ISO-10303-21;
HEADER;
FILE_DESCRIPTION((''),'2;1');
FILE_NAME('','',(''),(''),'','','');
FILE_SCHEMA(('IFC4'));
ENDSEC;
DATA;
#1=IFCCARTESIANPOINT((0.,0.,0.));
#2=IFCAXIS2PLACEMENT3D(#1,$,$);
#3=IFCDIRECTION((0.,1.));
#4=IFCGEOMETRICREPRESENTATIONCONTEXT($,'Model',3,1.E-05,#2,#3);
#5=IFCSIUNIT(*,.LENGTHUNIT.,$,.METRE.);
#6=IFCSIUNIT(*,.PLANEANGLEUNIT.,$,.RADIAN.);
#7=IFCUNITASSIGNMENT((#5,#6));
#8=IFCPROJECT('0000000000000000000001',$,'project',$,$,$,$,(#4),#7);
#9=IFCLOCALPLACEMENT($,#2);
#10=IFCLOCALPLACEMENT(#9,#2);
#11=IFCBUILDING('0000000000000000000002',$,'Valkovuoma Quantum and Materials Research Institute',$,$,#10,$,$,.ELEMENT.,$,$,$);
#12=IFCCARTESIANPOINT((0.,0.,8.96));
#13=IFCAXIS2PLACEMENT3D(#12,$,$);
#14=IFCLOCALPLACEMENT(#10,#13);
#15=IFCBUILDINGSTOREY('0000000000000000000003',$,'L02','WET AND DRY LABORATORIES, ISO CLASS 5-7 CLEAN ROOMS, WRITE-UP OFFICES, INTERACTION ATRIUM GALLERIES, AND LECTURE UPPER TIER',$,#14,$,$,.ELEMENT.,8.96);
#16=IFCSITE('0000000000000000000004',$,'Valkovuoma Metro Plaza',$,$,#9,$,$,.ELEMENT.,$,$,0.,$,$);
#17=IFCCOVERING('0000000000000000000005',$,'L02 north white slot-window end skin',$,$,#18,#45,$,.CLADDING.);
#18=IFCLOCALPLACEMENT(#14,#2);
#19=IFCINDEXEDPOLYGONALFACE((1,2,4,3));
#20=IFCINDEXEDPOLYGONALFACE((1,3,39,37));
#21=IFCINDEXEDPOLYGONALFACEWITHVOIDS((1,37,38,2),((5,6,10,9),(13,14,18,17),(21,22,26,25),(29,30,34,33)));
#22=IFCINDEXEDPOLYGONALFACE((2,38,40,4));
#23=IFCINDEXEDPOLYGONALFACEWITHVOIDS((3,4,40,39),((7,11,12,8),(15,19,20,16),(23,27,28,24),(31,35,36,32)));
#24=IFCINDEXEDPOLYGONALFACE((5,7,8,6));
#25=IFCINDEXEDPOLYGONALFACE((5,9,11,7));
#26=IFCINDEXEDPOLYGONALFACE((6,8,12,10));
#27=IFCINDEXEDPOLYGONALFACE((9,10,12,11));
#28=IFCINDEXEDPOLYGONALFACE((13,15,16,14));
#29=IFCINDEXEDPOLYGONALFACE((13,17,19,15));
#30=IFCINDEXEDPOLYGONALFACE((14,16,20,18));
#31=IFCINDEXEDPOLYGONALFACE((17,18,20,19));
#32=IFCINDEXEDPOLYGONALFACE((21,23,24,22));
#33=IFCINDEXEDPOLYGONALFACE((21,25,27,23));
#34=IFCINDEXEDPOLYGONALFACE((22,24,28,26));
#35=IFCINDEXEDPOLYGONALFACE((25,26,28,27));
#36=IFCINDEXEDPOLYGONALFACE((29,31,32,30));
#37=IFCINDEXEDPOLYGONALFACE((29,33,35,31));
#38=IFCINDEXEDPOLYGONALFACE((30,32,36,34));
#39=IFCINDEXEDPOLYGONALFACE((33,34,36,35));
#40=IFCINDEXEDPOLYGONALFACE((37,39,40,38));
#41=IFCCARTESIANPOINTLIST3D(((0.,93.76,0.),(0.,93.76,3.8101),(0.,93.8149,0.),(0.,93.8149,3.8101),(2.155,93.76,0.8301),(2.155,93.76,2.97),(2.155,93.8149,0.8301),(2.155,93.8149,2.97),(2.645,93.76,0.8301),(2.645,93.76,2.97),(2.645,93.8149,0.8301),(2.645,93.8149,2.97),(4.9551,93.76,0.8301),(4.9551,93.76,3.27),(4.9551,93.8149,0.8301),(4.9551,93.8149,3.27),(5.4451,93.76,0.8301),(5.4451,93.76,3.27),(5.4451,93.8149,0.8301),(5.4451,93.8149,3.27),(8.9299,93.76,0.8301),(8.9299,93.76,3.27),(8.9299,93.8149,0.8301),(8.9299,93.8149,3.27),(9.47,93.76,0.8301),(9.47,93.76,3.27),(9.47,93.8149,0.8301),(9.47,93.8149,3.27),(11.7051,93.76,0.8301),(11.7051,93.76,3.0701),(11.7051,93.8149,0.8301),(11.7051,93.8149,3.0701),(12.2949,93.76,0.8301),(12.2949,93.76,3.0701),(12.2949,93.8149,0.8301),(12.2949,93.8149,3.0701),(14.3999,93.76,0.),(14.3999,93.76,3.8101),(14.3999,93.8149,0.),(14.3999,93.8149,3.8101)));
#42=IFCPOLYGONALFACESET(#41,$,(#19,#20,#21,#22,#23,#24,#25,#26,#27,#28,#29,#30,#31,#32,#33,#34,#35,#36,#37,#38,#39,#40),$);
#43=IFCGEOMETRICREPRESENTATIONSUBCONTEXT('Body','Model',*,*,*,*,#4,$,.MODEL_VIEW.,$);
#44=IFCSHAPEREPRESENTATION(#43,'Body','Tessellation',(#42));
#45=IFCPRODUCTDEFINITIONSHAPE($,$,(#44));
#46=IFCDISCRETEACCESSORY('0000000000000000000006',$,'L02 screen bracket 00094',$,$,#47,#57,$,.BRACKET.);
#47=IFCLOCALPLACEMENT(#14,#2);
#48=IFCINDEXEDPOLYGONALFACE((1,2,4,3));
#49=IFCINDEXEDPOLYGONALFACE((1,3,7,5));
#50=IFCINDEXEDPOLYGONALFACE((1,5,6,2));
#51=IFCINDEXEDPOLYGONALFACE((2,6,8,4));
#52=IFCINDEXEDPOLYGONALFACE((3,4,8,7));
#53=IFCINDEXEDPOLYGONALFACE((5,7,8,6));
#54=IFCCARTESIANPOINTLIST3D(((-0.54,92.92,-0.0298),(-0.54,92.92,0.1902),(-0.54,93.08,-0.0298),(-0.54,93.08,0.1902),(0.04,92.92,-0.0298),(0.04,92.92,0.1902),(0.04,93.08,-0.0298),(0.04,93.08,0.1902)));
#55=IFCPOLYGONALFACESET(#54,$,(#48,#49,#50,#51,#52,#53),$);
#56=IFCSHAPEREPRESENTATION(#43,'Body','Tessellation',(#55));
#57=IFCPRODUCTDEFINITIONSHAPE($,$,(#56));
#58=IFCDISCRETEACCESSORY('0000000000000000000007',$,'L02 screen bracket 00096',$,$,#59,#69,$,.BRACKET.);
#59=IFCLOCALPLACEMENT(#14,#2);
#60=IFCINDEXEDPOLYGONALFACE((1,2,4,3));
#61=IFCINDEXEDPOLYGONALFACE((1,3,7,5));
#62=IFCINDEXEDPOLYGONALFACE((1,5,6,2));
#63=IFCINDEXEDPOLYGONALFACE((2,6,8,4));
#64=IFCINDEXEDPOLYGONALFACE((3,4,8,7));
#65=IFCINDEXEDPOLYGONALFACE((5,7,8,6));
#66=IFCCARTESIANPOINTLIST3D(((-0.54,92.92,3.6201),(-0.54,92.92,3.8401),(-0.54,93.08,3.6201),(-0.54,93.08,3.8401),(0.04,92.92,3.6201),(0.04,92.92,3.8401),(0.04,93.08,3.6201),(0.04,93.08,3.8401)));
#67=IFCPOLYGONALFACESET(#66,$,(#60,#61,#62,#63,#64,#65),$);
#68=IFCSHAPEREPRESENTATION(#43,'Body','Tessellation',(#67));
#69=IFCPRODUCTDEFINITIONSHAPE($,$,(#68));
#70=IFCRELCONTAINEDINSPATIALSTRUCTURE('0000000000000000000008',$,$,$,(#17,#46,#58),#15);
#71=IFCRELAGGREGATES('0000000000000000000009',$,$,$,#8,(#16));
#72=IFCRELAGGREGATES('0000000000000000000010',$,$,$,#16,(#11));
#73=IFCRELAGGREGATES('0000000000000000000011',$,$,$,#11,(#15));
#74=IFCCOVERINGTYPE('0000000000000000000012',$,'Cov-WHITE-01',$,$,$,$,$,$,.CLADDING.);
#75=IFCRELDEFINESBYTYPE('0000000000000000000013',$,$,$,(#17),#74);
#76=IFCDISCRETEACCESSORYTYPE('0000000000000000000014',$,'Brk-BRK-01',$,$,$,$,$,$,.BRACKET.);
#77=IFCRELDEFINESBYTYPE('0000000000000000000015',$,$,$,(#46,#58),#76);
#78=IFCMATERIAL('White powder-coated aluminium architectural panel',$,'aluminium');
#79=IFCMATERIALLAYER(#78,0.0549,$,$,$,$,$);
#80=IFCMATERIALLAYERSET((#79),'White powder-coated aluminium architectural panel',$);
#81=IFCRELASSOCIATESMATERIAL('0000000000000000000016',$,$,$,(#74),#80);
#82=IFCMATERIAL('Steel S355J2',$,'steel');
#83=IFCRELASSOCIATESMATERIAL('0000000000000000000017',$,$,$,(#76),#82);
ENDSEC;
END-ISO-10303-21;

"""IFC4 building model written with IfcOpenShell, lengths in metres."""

from ifc_helpers import new_model, si_unit, direction, frame, origin, origin_2d, place, context, subcontext, project, spatial, polyline, rectangle, outline, extrude, material, layer, layer_set, type_object, element, save


model = new_model("IFC4")

# Units and contexts
model_context = context("Model", 3, precision=1e-05, world=origin(), true_north=direction((0.0, 1.0)))
body_context = subcontext(model_context, "Body", "Model", "MODEL_VIEW")
ifc_project = project(units=[si_unit("LENGTHUNIT", "METRE"), si_unit("PLANEANGLEUNIT", "RADIAN")], contexts=[model_context])

# Site, building, storey
site_placement = place(None, origin())
site = spatial("IfcSite", under=ifc_project, at=site_placement, Name="Valkovuoma Metro Plaza", CompositionType="ELEMENT", RefElevation=0.0)
building_placement = place(site_placement, origin())
building = spatial("IfcBuilding", under=site, at=building_placement, Name="Valkovuoma Quantum and Materials Research Institute", CompositionType="ELEMENT")
storey_placement = place(building_placement, frame((0.0, 0.0, 8.96)))
storey = spatial("IfcBuildingStorey", under=building, at=storey_placement, Name="L02", Description="WET AND DRY LABORATORIES, ISO CLASS 5-7 CLEAN ROOMS, WRITE-UP OFFICES, INTERACTION ATRIUM GALLERIES, AND LECTURE UPPER TIER", CompositionType="ELEMENT", Elevation=8.96)

# Covering
ifc_material_1 = material(Name="White powder-coated aluminium architectural panel", Category="aluminium")
ifc_layer_1 = layer(ifc_material_1, 0.0549)
ifc_layer_set_1 = layer_set([ifc_layer_1], Name="White powder-coated aluminium architectural panel")
covering_type_1 = type_object("IfcCoveringType", Name="Cov-WHITE-01", PredefinedType="CLADDING", material=ifc_layer_set_1)
covering_1_placement = place(storey_placement, frame((0.0, 93.7876, 0.0), z_axis=(0.0, 0.0, 1.0), x_axis=(1.0, 0.0, 0.0)))
element("IfcCovering", 1, at=covering_1_placement, inside=storey, type_object=covering_type_1, Name="L02 north white slot-window end skin", PredefinedType="CLADDING", context=body_context, shape_type="SweptSolid", body=[
    extrude(outline(polyline([(0.0, 0.0), (14.3999, 0.0), (14.3999, 3.8101), (0.0, 3.8101), (0.0, 0.0)]), holes=[polyline([(2.155, 0.8301), (2.155, 2.97), (2.645, 2.97), (2.645, 0.8301), (2.155, 0.8301)]), polyline([(4.9551, 0.8301), (4.9551, 3.27), (5.4451, 3.27), (5.4451, 0.8301), (4.9551, 0.8301)]), polyline([(8.9299, 0.8301), (8.9299, 3.27), (9.47, 3.27), (9.47, 0.8301), (8.9299, 0.8301)]), polyline([(11.7051, 0.8301), (11.7051, 3.0701), (12.2949, 3.0701), (12.2949, 0.8301), (11.7051, 0.8301)])]), frame((0.0, 0.0273, 0.0), z_axis=(0.0, -1.0, 0.0), x_axis=(1.0, 0.0, 0.0)), (0.0, 0.0, 1.0), 0.0549),
])

# Discrete accessories
ifc_material_2 = material(Name="Steel S355J2", Category="steel")
discrete_accessory_type = type_object("IfcDiscreteAccessoryType", Name="Brk-BRK-01", PredefinedType="BRACKET", material=ifc_material_2)
for number, where, z_axis, x_axis, name in (
    (2, (-0.25, 93.0, -0.0298), (0.0, 0.0, 1.0), (1.0, 0.0, 0.0), "L02 screen bracket 00094"),
    (3, (-0.25, 93.0, 3.6201), (0.0, 0.0, 1.0), (1.0, 0.0, 0.0), "L02 screen bracket 00096"),
):
    element("IfcDiscreteAccessory", number, at=place(storey_placement, frame(where, z_axis=z_axis, x_axis=x_axis)), inside=storey, type_object=discrete_accessory_type, Name=name, PredefinedType="BRACKET", context=body_context, shape_type="SweptSolid", body=[
        extrude(rectangle(XDim=0.5801, YDim=0.1599, at=origin_2d()), origin(), (0.0, 0.0, 1.0), 0.22),
    ])

save(model, "model.ifc")
